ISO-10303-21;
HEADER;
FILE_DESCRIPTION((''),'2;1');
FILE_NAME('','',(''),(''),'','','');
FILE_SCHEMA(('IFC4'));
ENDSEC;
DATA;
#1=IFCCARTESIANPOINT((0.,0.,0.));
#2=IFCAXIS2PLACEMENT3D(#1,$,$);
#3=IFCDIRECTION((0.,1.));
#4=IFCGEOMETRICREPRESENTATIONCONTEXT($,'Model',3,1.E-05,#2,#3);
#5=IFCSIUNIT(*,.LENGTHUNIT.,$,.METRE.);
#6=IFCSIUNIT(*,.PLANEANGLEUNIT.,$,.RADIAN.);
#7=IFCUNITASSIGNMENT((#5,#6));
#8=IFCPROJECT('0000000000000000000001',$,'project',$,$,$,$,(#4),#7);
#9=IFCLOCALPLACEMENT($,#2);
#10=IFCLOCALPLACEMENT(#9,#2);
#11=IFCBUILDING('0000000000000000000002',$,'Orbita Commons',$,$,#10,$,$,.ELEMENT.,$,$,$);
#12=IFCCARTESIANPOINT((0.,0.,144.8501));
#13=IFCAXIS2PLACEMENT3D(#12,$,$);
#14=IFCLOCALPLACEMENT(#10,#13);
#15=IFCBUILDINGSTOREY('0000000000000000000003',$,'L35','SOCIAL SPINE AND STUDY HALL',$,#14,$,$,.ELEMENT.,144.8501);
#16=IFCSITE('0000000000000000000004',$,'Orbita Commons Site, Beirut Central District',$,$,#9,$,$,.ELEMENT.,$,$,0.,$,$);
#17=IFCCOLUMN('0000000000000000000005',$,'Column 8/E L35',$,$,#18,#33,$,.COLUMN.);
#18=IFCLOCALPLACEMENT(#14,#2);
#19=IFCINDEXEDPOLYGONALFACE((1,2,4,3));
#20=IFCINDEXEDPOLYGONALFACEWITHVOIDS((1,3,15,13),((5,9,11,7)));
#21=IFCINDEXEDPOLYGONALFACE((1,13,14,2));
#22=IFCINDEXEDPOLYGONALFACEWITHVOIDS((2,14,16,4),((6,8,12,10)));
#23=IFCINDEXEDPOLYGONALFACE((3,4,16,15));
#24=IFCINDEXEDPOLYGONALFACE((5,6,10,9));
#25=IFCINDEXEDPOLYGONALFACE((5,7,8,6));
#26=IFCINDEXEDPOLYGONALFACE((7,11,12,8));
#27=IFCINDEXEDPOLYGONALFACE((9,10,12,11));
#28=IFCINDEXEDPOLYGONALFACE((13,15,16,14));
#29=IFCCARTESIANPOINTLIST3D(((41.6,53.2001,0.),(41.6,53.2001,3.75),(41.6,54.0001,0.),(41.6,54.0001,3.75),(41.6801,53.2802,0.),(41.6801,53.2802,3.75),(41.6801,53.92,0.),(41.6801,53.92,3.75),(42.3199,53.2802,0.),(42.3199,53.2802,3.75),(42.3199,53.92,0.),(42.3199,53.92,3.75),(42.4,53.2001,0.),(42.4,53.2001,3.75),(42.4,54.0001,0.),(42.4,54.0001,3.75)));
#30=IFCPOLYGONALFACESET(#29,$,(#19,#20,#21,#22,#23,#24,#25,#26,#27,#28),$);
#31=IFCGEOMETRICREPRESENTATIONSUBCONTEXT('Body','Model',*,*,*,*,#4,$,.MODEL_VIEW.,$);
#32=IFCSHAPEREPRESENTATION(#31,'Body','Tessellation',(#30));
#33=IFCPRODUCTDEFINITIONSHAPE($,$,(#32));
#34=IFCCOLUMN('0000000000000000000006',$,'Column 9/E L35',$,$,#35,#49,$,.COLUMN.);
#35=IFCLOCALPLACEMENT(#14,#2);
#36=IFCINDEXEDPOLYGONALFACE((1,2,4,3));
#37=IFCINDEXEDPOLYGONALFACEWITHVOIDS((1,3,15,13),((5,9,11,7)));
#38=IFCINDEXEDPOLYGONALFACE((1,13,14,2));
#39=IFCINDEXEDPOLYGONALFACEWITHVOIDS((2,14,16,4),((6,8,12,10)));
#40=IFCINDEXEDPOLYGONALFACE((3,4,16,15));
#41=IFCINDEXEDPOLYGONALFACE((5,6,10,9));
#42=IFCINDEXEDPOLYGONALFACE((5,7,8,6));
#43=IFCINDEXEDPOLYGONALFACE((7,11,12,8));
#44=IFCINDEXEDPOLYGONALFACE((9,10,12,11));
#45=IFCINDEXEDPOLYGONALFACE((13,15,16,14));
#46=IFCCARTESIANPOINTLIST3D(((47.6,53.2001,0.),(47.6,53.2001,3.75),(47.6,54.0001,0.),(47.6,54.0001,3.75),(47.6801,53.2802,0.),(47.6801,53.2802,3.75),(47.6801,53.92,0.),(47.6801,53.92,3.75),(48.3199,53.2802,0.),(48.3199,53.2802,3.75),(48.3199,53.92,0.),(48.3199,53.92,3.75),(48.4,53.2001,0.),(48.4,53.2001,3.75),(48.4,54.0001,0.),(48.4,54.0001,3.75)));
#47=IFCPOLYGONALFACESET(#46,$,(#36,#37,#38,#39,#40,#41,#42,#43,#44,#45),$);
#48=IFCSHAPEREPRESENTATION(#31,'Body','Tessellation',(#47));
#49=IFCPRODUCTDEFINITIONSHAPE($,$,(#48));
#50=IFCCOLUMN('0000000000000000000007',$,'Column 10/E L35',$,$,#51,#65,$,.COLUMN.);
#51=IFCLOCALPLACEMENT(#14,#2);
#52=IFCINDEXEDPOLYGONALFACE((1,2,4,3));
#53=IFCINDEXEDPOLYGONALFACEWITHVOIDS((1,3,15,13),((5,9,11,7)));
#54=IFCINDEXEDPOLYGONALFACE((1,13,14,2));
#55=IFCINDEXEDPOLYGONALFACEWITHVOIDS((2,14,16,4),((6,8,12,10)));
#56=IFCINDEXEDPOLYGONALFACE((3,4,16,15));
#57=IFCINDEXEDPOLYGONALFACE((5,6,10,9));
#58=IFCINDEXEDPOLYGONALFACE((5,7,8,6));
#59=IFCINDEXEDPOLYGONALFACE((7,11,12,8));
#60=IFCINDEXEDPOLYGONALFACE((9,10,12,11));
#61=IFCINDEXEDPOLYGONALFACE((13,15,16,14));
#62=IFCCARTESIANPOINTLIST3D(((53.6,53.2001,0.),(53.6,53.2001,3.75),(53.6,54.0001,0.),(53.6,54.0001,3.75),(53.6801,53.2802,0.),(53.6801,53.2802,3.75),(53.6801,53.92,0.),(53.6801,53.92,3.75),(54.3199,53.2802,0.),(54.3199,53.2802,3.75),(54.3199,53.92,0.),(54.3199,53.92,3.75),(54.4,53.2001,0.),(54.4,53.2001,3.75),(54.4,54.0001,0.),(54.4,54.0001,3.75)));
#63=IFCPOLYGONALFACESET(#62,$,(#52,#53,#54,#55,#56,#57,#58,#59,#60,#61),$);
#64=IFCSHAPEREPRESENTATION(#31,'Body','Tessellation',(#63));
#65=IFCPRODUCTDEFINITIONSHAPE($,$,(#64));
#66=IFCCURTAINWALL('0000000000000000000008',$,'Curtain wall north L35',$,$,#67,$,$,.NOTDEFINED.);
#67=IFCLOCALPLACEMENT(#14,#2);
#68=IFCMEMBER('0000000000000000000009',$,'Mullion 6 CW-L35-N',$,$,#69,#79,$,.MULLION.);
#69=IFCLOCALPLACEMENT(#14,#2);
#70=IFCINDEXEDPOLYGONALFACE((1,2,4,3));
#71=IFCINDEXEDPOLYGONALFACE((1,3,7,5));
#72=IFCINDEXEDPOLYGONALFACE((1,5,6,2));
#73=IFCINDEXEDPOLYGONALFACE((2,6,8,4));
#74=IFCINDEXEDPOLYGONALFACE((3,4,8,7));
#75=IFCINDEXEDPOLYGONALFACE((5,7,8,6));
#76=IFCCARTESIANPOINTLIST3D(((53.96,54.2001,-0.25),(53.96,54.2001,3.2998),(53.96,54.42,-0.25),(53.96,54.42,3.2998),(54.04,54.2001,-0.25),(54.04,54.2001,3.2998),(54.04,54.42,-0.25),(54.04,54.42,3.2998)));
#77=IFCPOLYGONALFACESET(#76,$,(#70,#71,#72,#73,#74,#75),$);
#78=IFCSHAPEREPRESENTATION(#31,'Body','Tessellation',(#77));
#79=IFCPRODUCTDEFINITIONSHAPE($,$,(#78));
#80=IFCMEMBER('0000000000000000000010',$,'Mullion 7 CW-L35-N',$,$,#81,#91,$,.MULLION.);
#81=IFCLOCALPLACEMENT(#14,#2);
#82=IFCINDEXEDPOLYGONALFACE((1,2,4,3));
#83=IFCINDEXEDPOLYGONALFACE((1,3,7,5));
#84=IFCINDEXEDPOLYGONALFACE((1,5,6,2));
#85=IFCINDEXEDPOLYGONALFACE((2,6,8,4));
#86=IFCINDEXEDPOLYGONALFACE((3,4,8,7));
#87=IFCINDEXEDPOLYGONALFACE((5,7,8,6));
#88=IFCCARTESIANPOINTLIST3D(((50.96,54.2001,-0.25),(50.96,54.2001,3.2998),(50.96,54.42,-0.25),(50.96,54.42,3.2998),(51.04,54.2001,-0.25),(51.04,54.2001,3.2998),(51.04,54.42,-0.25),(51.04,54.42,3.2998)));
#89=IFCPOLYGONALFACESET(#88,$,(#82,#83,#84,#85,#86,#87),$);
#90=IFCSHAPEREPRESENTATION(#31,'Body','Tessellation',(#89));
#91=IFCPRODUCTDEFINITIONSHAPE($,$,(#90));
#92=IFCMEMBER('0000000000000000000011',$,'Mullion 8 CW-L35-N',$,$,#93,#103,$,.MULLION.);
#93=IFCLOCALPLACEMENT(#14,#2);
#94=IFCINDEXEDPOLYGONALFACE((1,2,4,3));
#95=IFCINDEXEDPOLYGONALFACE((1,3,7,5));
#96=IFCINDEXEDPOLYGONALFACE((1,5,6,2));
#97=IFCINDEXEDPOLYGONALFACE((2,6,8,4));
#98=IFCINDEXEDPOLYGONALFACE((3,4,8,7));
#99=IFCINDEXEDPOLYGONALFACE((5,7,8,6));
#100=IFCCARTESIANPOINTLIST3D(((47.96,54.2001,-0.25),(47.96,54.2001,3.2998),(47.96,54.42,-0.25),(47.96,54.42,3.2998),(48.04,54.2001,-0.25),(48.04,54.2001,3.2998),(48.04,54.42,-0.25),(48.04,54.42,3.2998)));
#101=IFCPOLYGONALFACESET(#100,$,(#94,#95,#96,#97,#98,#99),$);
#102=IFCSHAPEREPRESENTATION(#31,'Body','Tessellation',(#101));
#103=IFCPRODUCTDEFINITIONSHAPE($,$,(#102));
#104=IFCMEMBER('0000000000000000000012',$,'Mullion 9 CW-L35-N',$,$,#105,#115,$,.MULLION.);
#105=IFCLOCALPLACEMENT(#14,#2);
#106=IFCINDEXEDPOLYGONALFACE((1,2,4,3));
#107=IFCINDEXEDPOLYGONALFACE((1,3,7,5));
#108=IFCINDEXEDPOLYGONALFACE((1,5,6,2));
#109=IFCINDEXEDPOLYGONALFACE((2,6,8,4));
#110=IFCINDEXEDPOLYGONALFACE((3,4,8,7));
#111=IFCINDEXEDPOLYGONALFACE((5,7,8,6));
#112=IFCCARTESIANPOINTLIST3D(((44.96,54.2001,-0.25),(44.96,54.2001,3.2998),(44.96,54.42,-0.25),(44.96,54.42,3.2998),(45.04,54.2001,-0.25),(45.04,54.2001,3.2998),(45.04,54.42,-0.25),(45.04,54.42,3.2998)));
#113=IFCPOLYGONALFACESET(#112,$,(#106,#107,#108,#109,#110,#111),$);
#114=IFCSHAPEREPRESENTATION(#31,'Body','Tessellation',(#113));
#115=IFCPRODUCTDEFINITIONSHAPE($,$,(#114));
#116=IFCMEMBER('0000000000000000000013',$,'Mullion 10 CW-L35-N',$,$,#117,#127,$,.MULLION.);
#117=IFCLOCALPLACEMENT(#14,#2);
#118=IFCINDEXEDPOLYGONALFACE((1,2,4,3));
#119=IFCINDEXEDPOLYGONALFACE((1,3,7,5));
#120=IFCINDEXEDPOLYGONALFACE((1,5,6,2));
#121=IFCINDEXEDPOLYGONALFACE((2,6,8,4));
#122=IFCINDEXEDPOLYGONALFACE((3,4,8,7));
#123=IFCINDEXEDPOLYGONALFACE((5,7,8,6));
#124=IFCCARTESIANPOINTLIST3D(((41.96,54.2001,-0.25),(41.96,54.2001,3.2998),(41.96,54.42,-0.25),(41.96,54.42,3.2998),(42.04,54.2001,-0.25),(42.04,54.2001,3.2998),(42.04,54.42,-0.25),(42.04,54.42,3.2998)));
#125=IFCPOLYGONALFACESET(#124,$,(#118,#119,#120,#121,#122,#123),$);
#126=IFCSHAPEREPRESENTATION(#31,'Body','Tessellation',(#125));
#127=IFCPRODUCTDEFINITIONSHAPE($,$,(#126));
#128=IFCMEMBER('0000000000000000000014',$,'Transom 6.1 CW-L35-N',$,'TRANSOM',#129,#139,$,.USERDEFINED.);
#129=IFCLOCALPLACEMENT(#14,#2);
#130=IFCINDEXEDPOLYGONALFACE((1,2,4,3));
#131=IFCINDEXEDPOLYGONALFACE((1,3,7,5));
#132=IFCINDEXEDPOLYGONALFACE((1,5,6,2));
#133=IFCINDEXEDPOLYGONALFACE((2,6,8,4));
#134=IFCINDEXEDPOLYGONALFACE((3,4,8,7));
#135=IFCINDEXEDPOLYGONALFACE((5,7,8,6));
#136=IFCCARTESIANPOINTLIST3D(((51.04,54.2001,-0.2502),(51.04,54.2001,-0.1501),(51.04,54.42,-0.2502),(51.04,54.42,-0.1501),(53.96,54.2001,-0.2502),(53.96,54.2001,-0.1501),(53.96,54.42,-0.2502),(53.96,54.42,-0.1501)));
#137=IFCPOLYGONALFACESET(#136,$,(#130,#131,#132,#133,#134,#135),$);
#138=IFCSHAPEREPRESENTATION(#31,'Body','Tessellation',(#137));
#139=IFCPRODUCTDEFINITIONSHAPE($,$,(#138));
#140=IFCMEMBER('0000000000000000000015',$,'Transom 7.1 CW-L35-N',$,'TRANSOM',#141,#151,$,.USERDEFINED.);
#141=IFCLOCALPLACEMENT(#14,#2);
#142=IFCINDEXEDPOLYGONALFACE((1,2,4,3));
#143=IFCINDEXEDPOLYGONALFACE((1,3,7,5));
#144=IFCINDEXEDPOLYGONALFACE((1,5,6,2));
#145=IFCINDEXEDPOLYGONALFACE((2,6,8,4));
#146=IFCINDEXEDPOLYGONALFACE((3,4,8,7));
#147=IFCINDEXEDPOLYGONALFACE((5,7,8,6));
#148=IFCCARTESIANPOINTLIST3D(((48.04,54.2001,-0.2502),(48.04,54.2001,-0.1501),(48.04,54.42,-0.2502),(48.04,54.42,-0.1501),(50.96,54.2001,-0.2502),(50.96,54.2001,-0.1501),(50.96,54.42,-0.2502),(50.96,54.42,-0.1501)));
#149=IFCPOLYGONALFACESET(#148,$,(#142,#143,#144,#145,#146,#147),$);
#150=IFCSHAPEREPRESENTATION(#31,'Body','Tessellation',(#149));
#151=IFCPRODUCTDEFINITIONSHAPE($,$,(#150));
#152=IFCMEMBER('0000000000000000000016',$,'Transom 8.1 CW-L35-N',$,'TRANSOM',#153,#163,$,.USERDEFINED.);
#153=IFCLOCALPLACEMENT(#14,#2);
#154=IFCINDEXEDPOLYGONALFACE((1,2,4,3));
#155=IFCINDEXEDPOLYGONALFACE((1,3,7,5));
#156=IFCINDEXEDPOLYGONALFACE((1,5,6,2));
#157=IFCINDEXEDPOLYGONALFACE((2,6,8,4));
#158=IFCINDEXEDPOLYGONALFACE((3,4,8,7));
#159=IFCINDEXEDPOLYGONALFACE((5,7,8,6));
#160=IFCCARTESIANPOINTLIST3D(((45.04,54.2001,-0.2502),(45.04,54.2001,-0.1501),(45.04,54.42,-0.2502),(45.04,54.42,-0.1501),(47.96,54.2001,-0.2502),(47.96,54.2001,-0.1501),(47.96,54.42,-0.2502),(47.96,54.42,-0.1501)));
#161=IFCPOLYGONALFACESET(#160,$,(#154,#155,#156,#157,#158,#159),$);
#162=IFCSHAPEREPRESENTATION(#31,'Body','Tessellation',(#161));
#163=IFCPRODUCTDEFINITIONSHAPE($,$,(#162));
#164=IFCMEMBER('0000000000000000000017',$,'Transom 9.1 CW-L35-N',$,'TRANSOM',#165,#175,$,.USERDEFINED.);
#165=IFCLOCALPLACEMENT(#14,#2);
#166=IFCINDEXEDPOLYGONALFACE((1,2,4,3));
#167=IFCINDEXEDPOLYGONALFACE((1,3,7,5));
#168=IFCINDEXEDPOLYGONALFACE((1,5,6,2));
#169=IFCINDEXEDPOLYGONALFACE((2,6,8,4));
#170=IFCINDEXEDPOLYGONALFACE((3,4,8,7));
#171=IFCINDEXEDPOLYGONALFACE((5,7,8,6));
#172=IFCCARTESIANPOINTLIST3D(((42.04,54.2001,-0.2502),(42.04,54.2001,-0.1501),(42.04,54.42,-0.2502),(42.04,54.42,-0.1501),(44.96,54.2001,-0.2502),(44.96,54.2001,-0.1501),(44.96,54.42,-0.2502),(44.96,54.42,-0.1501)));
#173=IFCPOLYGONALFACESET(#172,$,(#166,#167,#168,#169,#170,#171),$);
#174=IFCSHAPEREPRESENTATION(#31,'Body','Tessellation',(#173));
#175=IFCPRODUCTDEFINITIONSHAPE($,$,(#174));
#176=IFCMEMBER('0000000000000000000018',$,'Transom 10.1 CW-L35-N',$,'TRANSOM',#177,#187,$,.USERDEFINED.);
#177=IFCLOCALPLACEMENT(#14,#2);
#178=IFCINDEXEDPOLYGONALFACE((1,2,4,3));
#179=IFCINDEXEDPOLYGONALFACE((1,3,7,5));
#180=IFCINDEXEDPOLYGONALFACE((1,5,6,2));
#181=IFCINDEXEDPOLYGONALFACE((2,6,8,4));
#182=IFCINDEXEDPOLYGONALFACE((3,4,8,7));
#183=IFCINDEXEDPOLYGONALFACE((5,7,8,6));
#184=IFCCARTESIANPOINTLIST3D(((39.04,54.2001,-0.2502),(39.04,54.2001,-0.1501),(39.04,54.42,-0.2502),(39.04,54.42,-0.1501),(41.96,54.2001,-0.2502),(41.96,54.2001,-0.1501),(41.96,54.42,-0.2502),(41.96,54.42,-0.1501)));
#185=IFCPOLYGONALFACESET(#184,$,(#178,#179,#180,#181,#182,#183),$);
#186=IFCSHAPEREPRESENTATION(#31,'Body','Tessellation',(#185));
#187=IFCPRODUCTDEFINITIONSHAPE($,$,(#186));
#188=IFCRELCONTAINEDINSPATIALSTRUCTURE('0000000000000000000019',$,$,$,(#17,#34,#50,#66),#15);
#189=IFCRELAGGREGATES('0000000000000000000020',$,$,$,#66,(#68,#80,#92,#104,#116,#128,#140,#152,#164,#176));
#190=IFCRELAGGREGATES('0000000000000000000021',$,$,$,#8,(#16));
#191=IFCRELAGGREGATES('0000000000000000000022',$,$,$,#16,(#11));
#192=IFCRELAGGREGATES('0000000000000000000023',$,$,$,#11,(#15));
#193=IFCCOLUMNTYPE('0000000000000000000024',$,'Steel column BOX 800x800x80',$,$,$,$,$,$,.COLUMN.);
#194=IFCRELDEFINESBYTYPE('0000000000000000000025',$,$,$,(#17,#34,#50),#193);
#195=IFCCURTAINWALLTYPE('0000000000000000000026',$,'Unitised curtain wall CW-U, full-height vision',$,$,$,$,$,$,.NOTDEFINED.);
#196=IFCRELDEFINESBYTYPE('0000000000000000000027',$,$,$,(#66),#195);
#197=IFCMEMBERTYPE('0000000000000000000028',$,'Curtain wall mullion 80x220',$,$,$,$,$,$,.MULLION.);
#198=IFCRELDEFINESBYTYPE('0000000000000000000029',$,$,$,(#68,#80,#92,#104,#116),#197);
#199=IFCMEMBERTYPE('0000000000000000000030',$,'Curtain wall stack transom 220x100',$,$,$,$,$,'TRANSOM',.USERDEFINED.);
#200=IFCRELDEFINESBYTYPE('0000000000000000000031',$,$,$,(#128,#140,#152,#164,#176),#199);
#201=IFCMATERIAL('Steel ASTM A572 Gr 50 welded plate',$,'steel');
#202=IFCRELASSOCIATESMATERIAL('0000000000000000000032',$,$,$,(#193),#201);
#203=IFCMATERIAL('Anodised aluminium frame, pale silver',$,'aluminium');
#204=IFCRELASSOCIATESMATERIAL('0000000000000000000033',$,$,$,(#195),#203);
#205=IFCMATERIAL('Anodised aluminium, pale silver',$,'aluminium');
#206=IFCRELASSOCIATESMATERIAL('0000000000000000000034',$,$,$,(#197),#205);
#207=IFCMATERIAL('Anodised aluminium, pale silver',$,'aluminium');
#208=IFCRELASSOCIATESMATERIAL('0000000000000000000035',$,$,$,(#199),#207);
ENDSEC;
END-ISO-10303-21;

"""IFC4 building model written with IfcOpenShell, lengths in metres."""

from ifc_helpers import new_model, si_unit, direction, frame, origin, origin_2d, place, context, subcontext, project, spatial, rectangle, hollow_rectangle, extrude, material, material_profile, profile_set, type_object, element, aggregate, save


model = new_model("IFC4")

# Units and contexts
model_context = context("Model", 3, precision=1e-05, world=origin(), true_north=direction((0.0, 1.0)))
body_context = subcontext(model_context, "Body", "Model", "MODEL_VIEW")
ifc_project = project(units=[si_unit("LENGTHUNIT", "METRE"), si_unit("PLANEANGLEUNIT", "RADIAN")], contexts=[model_context])

# Site, building, storey
site_placement = place(None, origin())
site = spatial("IfcSite", under=ifc_project, at=site_placement, Name="Orbita Commons Site, Beirut Central District", CompositionType="ELEMENT", RefElevation=0.0)
building_placement = place(site_placement, origin())
building = spatial("IfcBuilding", under=site, at=building_placement, Name="Orbita Commons", CompositionType="ELEMENT")
storey_placement = place(building_placement, frame((0.0, 0.0, 144.8501)))
storey = spatial("IfcBuildingStorey", under=building, at=storey_placement, Name="L35", Description="SOCIAL SPINE AND STUDY HALL", CompositionType="ELEMENT", Elevation=144.8501)

# Columns
ifc_material_1 = material(Name="Steel ASTM A572 Gr 50 welded plate", Category="steel")
ifc_material_profile_1 = material_profile(ifc_material_1, hollow_rectangle(XDim=0.8, YDim=0.8, WallThickness=0.0801, at=origin_2d()), Name="BOX 800x800x80")
ifc_profile_set_1 = profile_set([ifc_material_profile_1], Name="Steel ASTM A572 Gr 50 welded plate")
column_type = type_object("IfcColumnType", Name="Steel column BOX 800x800x80", PredefinedType="COLUMN", material=ifc_profile_set_1)
for number, where, z_axis, x_axis, name in (
    (1, (42.0, 53.6001, 0.0), (0.0, 0.0, 1.0), (1.0, 0.0, 0.0), "Column 8/E L35"),
    (2, (48.0, 53.6001, 0.0), (0.0, 0.0, 1.0), (1.0, 0.0, 0.0), "Column 9/E L35"),
    (3, (54.0, 53.6001, 0.0), (0.0, 0.0, 1.0), (1.0, 0.0, 0.0), "Column 10/E L35"),
):
    element("IfcColumn", number, at=place(storey_placement, frame(where, z_axis=z_axis, x_axis=x_axis)), inside=storey, type_object=column_type, Name=name, PredefinedType="COLUMN", context=body_context, shape_type="SweptSolid", body=[
        extrude(hollow_rectangle(XDim=0.8, YDim=0.8, WallThickness=0.0801, at=origin_2d()), origin(), (0.0, 0.0, 1.0), 3.75),
    ])

# Curtain wall, members
ifc_material_2 = material(Name="Anodised aluminium frame, pale silver", Category="aluminium")
curtain_wall_type = type_object("IfcCurtainWallType", Name="Unitised curtain wall CW-U, full-height vision", PredefinedType="NOTDEFINED", material=ifc_material_2)
curtain_wall_placement = place(storey_placement, origin())
curtain_wall = element("IfcCurtainWall", 4, at=curtain_wall_placement, inside=storey, type_object=curtain_wall_type, Name="Curtain wall north L35", PredefinedType="NOTDEFINED")
ifc_material_3 = material(Name="Anodised aluminium, pale silver", Category="aluminium")
ifc_material_profile_2 = material_profile(ifc_material_3, rectangle(XDim=0.0801, YDim=0.22, at=origin_2d()), Name="AL 80x220")
ifc_profile_set_2 = profile_set([ifc_material_profile_2], Name="Anodised aluminium, pale silver")
member_type_1 = type_object("IfcMemberType", Name="Curtain wall mullion 80x220", PredefinedType="MULLION", material=ifc_profile_set_2)
member_1_placement = place(storey_placement, frame((54.0, 54.3101, -0.25), z_axis=(0.0, 0.0, 1.0), x_axis=(-1.0, 0.0, 0.0)))
member_1 = element("IfcMember", 5, at=member_1_placement, type_object=member_type_1, Name="Mullion 6 CW-L35-N", PredefinedType="MULLION", context=body_context, shape_type="SweptSolid", body=[
    extrude(rectangle(XDim=0.0801, YDim=0.22, at=origin_2d()), origin(), (0.0, 0.0, 1.0), 3.5498),
])
member_2_placement = place(storey_placement, frame((51.0, 54.3101, -0.25), z_axis=(0.0, 0.0, 1.0), x_axis=(-1.0, 0.0, 0.0)))
member_2 = element("IfcMember", 6, at=member_2_placement, type_object=member_type_1, Name="Mullion 7 CW-L35-N", PredefinedType="MULLION", context=body_context, shape_type="SweptSolid", body=[
    extrude(rectangle(XDim=0.0801, YDim=0.22, at=origin_2d()), origin(), (0.0, 0.0, 1.0), 3.5498),
])
member_3_placement = place(storey_placement, frame((48.0, 54.3101, -0.25), z_axis=(0.0, 0.0, 1.0), x_axis=(-1.0, 0.0, 0.0)))
member_3 = element("IfcMember", 7, at=member_3_placement, type_object=member_type_1, Name="Mullion 8 CW-L35-N", PredefinedType="MULLION", context=body_context, shape_type="SweptSolid", body=[
    extrude(rectangle(XDim=0.0801, YDim=0.22, at=origin_2d()), origin(), (0.0, 0.0, 1.0), 3.5498),
])
member_4_placement = place(storey_placement, frame((45.0, 54.3101, -0.25), z_axis=(0.0, 0.0, 1.0), x_axis=(-1.0, 0.0, 0.0)))
member_4 = element("IfcMember", 8, at=member_4_placement, type_object=member_type_1, Name="Mullion 9 CW-L35-N", PredefinedType="MULLION", context=body_context, shape_type="SweptSolid", body=[
    extrude(rectangle(XDim=0.0801, YDim=0.22, at=origin_2d()), origin(), (0.0, 0.0, 1.0), 3.5498),
])
member_5_placement = place(storey_placement, frame((42.0, 54.3101, -0.25), z_axis=(0.0, 0.0, 1.0), x_axis=(-1.0, 0.0, 0.0)))
member_5 = element("IfcMember", 9, at=member_5_placement, type_object=member_type_1, Name="Mullion 10 CW-L35-N", PredefinedType="MULLION", context=body_context, shape_type="SweptSolid", body=[
    extrude(rectangle(XDim=0.0801, YDim=0.22, at=origin_2d()), origin(), (0.0, 0.0, 1.0), 3.5498),
])
ifc_material_4 = material(Name="Anodised aluminium, pale silver", Category="aluminium")
ifc_material_profile_3 = material_profile(ifc_material_4, rectangle(XDim=0.22, YDim=0.1001, at=origin_2d()), Name="AL 220x100")
ifc_profile_set_3 = profile_set([ifc_material_profile_3], Name="Anodised aluminium, pale silver")
member_type_2 = type_object("IfcMemberType", Name="Curtain wall stack transom 220x100", ElementType="TRANSOM", PredefinedType="USERDEFINED", material=ifc_profile_set_3)
member_6_placement = place(storey_placement, frame((53.96, 54.3101, -0.2002), z_axis=(-1.0, 0.0, 0.0), x_axis=(0.0, -1.0, 0.0)))
member_6 = element("IfcMember", 10, at=member_6_placement, type_object=member_type_2, Name="Transom 6.1 CW-L35-N", ObjectType="TRANSOM", PredefinedType="USERDEFINED", context=body_context, shape_type="SweptSolid", body=[
    extrude(rectangle(XDim=0.22, YDim=0.1001, at=origin_2d()), origin(), (0.0, 0.0, 1.0), 2.9199),
])
member_7_placement = place(storey_placement, frame((50.96, 54.3101, -0.2002), z_axis=(-1.0, 0.0, 0.0), x_axis=(0.0, -1.0, 0.0)))
member_7 = element("IfcMember", 11, at=member_7_placement, type_object=member_type_2, Name="Transom 7.1 CW-L35-N", ObjectType="TRANSOM", PredefinedType="USERDEFINED", context=body_context, shape_type="SweptSolid", body=[
    extrude(rectangle(XDim=0.22, YDim=0.1001, at=origin_2d()), origin(), (0.0, 0.0, 1.0), 2.9199),
])
member_8_placement = place(storey_placement, frame((47.96, 54.3101, -0.2002), z_axis=(-1.0, 0.0, 0.0), x_axis=(0.0, -1.0, 0.0)))
member_8 = element("IfcMember", 12, at=member_8_placement, type_object=member_type_2, Name="Transom 8.1 CW-L35-N", ObjectType="TRANSOM", PredefinedType="USERDEFINED", context=body_context, shape_type="SweptSolid", body=[
    extrude(rectangle(XDim=0.22, YDim=0.1001, at=origin_2d()), origin(), (0.0, 0.0, 1.0), 2.9199),
])
member_9_placement = place(storey_placement, frame((44.96, 54.3101, -0.2002), z_axis=(-1.0, 0.0, 0.0), x_axis=(0.0, -1.0, 0.0)))
member_9 = element("IfcMember", 13, at=member_9_placement, type_object=member_type_2, Name="Transom 9.1 CW-L35-N", ObjectType="TRANSOM", PredefinedType="USERDEFINED", context=body_context, shape_type="SweptSolid", body=[
    extrude(rectangle(XDim=0.22, YDim=0.1001, at=origin_2d()), origin(), (0.0, 0.0, 1.0), 2.9199),
])
member_10_placement = place(storey_placement, frame((41.96, 54.3101, -0.2002), z_axis=(-1.0, 0.0, 0.0), x_axis=(0.0, -1.0, 0.0)))
member_10 = element("IfcMember", 14, at=member_10_placement, type_object=member_type_2, Name="Transom 10.1 CW-L35-N", ObjectType="TRANSOM", PredefinedType="USERDEFINED", context=body_context, shape_type="SweptSolid", body=[
    extrude(rectangle(XDim=0.22, YDim=0.1001, at=origin_2d()), origin(), (0.0, 0.0, 1.0), 2.9199),
])

aggregate(curtain_wall, [member_1, member_2, member_3, member_4, member_5, member_6, member_7, member_8, member_9, member_10])

save(model, "model.ifc")
